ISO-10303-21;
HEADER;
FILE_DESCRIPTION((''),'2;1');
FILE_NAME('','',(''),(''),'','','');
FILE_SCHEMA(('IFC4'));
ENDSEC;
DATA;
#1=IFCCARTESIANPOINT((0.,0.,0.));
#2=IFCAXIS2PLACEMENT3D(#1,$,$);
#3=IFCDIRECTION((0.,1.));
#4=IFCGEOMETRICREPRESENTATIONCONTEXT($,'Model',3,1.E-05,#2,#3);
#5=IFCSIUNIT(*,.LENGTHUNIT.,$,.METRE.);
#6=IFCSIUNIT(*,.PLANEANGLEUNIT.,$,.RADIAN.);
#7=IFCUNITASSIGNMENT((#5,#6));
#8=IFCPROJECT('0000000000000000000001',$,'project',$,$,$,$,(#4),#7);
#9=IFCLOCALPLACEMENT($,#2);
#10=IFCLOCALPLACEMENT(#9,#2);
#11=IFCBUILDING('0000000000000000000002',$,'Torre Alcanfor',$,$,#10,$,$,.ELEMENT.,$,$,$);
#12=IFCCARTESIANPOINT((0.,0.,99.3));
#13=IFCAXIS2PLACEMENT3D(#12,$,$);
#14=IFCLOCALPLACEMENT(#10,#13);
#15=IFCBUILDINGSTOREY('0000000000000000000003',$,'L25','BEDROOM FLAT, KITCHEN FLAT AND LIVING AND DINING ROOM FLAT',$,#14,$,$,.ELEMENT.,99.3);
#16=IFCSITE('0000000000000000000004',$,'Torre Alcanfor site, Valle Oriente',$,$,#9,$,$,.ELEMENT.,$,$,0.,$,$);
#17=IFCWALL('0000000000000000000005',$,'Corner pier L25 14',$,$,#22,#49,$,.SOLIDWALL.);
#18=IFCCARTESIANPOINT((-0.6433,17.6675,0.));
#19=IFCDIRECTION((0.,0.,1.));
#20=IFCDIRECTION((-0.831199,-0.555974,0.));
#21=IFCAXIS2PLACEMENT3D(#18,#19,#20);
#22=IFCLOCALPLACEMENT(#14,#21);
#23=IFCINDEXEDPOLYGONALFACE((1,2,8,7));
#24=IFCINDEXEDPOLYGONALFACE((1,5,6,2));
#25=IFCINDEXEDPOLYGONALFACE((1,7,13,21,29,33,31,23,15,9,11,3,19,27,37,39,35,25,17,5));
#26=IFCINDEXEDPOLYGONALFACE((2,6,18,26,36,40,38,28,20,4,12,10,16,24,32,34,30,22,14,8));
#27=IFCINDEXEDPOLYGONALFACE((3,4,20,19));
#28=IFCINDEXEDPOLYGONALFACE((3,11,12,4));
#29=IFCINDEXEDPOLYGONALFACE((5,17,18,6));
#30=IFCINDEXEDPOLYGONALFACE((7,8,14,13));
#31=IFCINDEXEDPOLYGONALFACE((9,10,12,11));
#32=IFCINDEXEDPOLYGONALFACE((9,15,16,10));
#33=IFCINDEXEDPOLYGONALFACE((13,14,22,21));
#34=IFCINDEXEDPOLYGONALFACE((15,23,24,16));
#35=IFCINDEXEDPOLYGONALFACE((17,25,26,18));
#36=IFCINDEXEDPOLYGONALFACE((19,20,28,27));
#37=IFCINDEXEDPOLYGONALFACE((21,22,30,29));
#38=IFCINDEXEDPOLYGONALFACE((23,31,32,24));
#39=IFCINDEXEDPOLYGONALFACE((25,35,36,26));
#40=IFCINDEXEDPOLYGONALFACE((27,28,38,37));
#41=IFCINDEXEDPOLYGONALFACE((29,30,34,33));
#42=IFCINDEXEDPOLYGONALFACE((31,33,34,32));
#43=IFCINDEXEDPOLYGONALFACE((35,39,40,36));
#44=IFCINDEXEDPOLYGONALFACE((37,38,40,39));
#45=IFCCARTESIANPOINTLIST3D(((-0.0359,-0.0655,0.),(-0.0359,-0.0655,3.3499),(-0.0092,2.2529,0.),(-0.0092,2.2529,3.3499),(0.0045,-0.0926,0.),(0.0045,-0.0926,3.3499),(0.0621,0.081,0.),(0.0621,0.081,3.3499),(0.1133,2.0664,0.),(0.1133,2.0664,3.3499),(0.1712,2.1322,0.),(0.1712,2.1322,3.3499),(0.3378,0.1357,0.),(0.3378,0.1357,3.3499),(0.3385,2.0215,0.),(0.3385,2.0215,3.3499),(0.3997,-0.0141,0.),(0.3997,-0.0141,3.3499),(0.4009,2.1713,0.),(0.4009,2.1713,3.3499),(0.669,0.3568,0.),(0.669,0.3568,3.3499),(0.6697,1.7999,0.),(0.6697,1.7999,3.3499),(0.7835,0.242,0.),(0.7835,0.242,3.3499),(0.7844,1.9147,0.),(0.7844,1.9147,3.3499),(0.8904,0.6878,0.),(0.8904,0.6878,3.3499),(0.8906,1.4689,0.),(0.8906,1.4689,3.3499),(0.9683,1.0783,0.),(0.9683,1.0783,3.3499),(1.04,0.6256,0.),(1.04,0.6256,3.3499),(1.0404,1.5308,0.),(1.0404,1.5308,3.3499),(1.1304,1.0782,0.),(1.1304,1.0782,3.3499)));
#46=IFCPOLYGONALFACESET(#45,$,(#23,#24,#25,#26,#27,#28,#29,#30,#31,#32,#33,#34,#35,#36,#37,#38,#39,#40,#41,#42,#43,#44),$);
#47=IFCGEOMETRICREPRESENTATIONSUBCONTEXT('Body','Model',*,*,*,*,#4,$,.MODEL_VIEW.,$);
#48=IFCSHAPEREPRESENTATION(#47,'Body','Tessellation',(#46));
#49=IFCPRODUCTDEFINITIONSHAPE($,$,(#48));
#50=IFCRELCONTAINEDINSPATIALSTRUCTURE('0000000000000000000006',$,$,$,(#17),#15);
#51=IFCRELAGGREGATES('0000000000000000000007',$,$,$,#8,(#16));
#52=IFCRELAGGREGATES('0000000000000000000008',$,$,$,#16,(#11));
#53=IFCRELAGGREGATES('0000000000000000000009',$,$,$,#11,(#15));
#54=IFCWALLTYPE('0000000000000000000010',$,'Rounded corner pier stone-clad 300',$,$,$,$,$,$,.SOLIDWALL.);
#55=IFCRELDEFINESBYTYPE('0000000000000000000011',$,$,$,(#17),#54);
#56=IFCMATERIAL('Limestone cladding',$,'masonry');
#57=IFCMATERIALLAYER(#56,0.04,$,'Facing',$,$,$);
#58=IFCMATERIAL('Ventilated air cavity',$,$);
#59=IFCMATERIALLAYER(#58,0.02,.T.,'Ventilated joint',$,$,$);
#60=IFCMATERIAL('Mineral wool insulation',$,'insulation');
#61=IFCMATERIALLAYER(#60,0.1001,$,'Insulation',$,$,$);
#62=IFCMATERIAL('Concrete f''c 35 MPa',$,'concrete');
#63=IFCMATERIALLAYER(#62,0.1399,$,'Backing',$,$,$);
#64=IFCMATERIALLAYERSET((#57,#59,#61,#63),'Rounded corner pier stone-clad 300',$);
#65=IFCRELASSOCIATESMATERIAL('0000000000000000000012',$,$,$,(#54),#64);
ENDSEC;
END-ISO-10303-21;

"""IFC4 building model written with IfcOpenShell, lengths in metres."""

from ifc_helpers import new_model, si_unit, direction, frame, origin, place, context, subcontext, project, spatial, polyline, outline, extrude, material, layer, layer_set, type_object, element, save


model = new_model("IFC4")

# Units and contexts
model_context = context("Model", 3, precision=1e-05, world=origin(), true_north=direction((0.0, 1.0)))
body_context = subcontext(model_context, "Body", "Model", "MODEL_VIEW")
ifc_project = project(units=[si_unit("LENGTHUNIT", "METRE"), si_unit("PLANEANGLEUNIT", "RADIAN")], contexts=[model_context])

# Site, building, storey
site_placement = place(None, origin())
site = spatial("IfcSite", under=ifc_project, at=site_placement, Name="Torre Alcanfor site, Valle Oriente", CompositionType="ELEMENT", RefElevation=0.0)
building_placement = place(site_placement, origin())
building = spatial("IfcBuilding", under=site, at=building_placement, Name="Torre Alcanfor", CompositionType="ELEMENT")
storey_placement = place(building_placement, frame((0.0, 0.0, 99.3)))
storey = spatial("IfcBuildingStorey", under=building, at=storey_placement, Name="L25", Description="BEDROOM FLAT, KITCHEN FLAT AND LIVING AND DINING ROOM FLAT", CompositionType="ELEMENT", Elevation=99.3)

# Wall
ifc_material_1 = material(Name="Limestone cladding", Category="masonry")
ifc_layer_1 = layer(ifc_material_1, 0.04, Name="Facing")
ifc_material_2 = material(Name="Ventilated air cavity")
ifc_layer_2 = layer(ifc_material_2, 0.02, ventilated=True, Name="Ventilated joint")
ifc_material_3 = material(Name="Mineral wool insulation", Category="insulation")
ifc_layer_3 = layer(ifc_material_3, 0.1001, Name="Insulation")
ifc_material_4 = material(Name="Concrete f'c 35 MPa", Category="concrete")
ifc_layer_4 = layer(ifc_material_4, 0.1399, Name="Backing")
ifc_layer_set_1 = layer_set([ifc_layer_1, ifc_layer_2, ifc_layer_3, ifc_layer_4], Name="Rounded corner pier stone-clad 300")
wall_type_1 = type_object("IfcWallType", Name="Rounded corner pier stone-clad 300", PredefinedType="SOLIDWALL", material=ifc_layer_set_1)
wall_1_placement = place(storey_placement, frame((-0.6433, 17.6675, 0.0), z_axis=(0.0, 0.0, 1.0), x_axis=(-0.831199, -0.555974, 0.0)))
element("IfcWall", 1, at=wall_1_placement, inside=storey, type_object=wall_type_1, Name="Corner pier L25 14", PredefinedType="SOLIDWALL", context=body_context, shape_type="SweptSolid", body=[
    extrude(outline(polyline([(0.1712, 2.1322), (0.1133, 2.0664), (0.3385, 2.0215), (0.6697, 1.7999), (0.8906, 1.4689), (0.9683, 1.0783), (0.8904, 0.6878), (0.669, 0.3568), (0.3378, 0.1357), (0.0621, 0.081), (-0.0359, -0.0655), (0.0045, -0.0926), (0.3997, -0.0141), (0.7835, 0.242), (1.04, 0.6256), (1.1304, 1.0782), (1.0404, 1.5308), (0.7844, 1.9147), (0.4009, 2.1713), (-0.0092, 2.2529), (0.1712, 2.1322)])), origin(), (0.0, 0.0, 1.0), 3.3499),
])

save(model, "model.ifc")
